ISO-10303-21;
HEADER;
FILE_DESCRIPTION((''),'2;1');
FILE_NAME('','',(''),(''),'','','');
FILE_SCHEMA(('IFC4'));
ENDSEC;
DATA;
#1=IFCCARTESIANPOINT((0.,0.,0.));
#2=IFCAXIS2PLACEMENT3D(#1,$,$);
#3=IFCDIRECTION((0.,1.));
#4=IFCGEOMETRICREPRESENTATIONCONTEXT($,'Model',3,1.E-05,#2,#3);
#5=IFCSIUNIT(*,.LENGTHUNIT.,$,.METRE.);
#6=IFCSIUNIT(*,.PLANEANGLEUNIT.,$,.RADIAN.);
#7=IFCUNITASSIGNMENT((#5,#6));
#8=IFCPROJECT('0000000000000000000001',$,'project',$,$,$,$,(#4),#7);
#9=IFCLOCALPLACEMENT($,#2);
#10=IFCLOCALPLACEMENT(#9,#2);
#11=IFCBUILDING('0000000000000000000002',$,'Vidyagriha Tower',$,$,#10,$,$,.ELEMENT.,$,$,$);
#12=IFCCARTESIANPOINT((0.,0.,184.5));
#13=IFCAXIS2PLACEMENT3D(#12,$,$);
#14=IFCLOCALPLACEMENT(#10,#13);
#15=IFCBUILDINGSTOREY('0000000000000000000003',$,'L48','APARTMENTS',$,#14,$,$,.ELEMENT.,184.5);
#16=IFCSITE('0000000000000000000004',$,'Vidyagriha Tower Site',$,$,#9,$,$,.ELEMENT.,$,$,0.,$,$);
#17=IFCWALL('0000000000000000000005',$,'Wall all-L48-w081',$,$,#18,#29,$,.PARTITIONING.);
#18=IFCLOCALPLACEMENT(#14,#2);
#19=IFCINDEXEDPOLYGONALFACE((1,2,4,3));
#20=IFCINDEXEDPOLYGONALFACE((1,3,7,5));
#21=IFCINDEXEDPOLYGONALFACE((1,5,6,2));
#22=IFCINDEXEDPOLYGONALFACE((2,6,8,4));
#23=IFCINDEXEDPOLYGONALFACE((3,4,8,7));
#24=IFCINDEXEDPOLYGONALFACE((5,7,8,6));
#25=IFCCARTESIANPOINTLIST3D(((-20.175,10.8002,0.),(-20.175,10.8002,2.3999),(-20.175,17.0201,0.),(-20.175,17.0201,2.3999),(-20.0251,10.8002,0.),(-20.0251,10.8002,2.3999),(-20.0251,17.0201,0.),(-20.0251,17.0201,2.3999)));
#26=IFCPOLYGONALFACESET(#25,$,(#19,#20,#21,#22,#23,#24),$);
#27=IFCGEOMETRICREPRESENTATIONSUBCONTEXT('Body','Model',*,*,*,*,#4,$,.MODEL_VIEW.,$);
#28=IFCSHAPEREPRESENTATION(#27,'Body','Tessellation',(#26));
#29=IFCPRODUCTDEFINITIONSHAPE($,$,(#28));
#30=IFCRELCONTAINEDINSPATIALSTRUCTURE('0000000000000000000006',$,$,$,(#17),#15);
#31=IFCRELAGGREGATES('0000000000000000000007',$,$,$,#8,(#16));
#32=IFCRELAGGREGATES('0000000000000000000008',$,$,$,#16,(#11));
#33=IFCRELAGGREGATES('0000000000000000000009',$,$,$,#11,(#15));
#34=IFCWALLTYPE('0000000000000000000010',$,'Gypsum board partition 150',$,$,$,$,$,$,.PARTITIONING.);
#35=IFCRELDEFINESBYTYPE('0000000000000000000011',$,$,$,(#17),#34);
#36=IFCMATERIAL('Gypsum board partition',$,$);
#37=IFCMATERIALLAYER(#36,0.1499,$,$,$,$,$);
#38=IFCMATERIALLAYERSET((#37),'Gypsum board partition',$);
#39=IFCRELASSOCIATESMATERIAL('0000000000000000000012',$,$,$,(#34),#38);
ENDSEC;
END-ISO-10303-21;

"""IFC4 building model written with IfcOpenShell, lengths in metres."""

from ifc_helpers import new_model, si_unit, direction, frame, frame_2d, origin, place, context, subcontext, project, spatial, rectangle, extrude, material, layer, layer_set, type_object, element, save


model = new_model("IFC4")

# Units and contexts
model_context = context("Model", 3, precision=1e-05, world=origin(), true_north=direction((0.0, 1.0)))
body_context = subcontext(model_context, "Body", "Model", "MODEL_VIEW")
ifc_project = project(units=[si_unit("LENGTHUNIT", "METRE"), si_unit("PLANEANGLEUNIT", "RADIAN")], contexts=[model_context])

# Site, building, storey
site_placement = place(None, origin())
site = spatial("IfcSite", under=ifc_project, at=site_placement, Name="Vidyagriha Tower Site", CompositionType="ELEMENT", RefElevation=0.0)
building_placement = place(site_placement, origin())
building = spatial("IfcBuilding", under=site, at=building_placement, Name="Vidyagriha Tower", CompositionType="ELEMENT")
storey_placement = place(building_placement, frame((0.0, 0.0, 184.5)))
storey = spatial("IfcBuildingStorey", under=building, at=storey_placement, Name="L48", Description="APARTMENTS", CompositionType="ELEMENT", Elevation=184.5)

# Wall
ifc_material_1 = material(Name="Gypsum board partition")
ifc_layer_1 = layer(ifc_material_1, 0.1499)
ifc_layer_set_1 = layer_set([ifc_layer_1], Name="Gypsum board partition")
wall_type_1 = type_object("IfcWallType", Name="Gypsum board partition 150", PredefinedType="PARTITIONING", material=ifc_layer_set_1)
wall_1_placement = place(storey_placement, frame((-20.1001, 17.02, 0.0), z_axis=(0.0, 0.0, 1.0), x_axis=(0.0, -1.0, 0.0)))
element("IfcWall", 1, at=wall_1_placement, inside=storey, type_object=wall_type_1, Name="Wall all-L48-w081", PredefinedType="PARTITIONING", context=body_context, shape_type="SweptSolid", body=[
    extrude(rectangle(XDim=6.22, YDim=0.1499, at=frame_2d((3.1099, 0.0))), origin(), (0.0, 0.0, 1.0), 2.3999),
])

save(model, "model.ifc")
